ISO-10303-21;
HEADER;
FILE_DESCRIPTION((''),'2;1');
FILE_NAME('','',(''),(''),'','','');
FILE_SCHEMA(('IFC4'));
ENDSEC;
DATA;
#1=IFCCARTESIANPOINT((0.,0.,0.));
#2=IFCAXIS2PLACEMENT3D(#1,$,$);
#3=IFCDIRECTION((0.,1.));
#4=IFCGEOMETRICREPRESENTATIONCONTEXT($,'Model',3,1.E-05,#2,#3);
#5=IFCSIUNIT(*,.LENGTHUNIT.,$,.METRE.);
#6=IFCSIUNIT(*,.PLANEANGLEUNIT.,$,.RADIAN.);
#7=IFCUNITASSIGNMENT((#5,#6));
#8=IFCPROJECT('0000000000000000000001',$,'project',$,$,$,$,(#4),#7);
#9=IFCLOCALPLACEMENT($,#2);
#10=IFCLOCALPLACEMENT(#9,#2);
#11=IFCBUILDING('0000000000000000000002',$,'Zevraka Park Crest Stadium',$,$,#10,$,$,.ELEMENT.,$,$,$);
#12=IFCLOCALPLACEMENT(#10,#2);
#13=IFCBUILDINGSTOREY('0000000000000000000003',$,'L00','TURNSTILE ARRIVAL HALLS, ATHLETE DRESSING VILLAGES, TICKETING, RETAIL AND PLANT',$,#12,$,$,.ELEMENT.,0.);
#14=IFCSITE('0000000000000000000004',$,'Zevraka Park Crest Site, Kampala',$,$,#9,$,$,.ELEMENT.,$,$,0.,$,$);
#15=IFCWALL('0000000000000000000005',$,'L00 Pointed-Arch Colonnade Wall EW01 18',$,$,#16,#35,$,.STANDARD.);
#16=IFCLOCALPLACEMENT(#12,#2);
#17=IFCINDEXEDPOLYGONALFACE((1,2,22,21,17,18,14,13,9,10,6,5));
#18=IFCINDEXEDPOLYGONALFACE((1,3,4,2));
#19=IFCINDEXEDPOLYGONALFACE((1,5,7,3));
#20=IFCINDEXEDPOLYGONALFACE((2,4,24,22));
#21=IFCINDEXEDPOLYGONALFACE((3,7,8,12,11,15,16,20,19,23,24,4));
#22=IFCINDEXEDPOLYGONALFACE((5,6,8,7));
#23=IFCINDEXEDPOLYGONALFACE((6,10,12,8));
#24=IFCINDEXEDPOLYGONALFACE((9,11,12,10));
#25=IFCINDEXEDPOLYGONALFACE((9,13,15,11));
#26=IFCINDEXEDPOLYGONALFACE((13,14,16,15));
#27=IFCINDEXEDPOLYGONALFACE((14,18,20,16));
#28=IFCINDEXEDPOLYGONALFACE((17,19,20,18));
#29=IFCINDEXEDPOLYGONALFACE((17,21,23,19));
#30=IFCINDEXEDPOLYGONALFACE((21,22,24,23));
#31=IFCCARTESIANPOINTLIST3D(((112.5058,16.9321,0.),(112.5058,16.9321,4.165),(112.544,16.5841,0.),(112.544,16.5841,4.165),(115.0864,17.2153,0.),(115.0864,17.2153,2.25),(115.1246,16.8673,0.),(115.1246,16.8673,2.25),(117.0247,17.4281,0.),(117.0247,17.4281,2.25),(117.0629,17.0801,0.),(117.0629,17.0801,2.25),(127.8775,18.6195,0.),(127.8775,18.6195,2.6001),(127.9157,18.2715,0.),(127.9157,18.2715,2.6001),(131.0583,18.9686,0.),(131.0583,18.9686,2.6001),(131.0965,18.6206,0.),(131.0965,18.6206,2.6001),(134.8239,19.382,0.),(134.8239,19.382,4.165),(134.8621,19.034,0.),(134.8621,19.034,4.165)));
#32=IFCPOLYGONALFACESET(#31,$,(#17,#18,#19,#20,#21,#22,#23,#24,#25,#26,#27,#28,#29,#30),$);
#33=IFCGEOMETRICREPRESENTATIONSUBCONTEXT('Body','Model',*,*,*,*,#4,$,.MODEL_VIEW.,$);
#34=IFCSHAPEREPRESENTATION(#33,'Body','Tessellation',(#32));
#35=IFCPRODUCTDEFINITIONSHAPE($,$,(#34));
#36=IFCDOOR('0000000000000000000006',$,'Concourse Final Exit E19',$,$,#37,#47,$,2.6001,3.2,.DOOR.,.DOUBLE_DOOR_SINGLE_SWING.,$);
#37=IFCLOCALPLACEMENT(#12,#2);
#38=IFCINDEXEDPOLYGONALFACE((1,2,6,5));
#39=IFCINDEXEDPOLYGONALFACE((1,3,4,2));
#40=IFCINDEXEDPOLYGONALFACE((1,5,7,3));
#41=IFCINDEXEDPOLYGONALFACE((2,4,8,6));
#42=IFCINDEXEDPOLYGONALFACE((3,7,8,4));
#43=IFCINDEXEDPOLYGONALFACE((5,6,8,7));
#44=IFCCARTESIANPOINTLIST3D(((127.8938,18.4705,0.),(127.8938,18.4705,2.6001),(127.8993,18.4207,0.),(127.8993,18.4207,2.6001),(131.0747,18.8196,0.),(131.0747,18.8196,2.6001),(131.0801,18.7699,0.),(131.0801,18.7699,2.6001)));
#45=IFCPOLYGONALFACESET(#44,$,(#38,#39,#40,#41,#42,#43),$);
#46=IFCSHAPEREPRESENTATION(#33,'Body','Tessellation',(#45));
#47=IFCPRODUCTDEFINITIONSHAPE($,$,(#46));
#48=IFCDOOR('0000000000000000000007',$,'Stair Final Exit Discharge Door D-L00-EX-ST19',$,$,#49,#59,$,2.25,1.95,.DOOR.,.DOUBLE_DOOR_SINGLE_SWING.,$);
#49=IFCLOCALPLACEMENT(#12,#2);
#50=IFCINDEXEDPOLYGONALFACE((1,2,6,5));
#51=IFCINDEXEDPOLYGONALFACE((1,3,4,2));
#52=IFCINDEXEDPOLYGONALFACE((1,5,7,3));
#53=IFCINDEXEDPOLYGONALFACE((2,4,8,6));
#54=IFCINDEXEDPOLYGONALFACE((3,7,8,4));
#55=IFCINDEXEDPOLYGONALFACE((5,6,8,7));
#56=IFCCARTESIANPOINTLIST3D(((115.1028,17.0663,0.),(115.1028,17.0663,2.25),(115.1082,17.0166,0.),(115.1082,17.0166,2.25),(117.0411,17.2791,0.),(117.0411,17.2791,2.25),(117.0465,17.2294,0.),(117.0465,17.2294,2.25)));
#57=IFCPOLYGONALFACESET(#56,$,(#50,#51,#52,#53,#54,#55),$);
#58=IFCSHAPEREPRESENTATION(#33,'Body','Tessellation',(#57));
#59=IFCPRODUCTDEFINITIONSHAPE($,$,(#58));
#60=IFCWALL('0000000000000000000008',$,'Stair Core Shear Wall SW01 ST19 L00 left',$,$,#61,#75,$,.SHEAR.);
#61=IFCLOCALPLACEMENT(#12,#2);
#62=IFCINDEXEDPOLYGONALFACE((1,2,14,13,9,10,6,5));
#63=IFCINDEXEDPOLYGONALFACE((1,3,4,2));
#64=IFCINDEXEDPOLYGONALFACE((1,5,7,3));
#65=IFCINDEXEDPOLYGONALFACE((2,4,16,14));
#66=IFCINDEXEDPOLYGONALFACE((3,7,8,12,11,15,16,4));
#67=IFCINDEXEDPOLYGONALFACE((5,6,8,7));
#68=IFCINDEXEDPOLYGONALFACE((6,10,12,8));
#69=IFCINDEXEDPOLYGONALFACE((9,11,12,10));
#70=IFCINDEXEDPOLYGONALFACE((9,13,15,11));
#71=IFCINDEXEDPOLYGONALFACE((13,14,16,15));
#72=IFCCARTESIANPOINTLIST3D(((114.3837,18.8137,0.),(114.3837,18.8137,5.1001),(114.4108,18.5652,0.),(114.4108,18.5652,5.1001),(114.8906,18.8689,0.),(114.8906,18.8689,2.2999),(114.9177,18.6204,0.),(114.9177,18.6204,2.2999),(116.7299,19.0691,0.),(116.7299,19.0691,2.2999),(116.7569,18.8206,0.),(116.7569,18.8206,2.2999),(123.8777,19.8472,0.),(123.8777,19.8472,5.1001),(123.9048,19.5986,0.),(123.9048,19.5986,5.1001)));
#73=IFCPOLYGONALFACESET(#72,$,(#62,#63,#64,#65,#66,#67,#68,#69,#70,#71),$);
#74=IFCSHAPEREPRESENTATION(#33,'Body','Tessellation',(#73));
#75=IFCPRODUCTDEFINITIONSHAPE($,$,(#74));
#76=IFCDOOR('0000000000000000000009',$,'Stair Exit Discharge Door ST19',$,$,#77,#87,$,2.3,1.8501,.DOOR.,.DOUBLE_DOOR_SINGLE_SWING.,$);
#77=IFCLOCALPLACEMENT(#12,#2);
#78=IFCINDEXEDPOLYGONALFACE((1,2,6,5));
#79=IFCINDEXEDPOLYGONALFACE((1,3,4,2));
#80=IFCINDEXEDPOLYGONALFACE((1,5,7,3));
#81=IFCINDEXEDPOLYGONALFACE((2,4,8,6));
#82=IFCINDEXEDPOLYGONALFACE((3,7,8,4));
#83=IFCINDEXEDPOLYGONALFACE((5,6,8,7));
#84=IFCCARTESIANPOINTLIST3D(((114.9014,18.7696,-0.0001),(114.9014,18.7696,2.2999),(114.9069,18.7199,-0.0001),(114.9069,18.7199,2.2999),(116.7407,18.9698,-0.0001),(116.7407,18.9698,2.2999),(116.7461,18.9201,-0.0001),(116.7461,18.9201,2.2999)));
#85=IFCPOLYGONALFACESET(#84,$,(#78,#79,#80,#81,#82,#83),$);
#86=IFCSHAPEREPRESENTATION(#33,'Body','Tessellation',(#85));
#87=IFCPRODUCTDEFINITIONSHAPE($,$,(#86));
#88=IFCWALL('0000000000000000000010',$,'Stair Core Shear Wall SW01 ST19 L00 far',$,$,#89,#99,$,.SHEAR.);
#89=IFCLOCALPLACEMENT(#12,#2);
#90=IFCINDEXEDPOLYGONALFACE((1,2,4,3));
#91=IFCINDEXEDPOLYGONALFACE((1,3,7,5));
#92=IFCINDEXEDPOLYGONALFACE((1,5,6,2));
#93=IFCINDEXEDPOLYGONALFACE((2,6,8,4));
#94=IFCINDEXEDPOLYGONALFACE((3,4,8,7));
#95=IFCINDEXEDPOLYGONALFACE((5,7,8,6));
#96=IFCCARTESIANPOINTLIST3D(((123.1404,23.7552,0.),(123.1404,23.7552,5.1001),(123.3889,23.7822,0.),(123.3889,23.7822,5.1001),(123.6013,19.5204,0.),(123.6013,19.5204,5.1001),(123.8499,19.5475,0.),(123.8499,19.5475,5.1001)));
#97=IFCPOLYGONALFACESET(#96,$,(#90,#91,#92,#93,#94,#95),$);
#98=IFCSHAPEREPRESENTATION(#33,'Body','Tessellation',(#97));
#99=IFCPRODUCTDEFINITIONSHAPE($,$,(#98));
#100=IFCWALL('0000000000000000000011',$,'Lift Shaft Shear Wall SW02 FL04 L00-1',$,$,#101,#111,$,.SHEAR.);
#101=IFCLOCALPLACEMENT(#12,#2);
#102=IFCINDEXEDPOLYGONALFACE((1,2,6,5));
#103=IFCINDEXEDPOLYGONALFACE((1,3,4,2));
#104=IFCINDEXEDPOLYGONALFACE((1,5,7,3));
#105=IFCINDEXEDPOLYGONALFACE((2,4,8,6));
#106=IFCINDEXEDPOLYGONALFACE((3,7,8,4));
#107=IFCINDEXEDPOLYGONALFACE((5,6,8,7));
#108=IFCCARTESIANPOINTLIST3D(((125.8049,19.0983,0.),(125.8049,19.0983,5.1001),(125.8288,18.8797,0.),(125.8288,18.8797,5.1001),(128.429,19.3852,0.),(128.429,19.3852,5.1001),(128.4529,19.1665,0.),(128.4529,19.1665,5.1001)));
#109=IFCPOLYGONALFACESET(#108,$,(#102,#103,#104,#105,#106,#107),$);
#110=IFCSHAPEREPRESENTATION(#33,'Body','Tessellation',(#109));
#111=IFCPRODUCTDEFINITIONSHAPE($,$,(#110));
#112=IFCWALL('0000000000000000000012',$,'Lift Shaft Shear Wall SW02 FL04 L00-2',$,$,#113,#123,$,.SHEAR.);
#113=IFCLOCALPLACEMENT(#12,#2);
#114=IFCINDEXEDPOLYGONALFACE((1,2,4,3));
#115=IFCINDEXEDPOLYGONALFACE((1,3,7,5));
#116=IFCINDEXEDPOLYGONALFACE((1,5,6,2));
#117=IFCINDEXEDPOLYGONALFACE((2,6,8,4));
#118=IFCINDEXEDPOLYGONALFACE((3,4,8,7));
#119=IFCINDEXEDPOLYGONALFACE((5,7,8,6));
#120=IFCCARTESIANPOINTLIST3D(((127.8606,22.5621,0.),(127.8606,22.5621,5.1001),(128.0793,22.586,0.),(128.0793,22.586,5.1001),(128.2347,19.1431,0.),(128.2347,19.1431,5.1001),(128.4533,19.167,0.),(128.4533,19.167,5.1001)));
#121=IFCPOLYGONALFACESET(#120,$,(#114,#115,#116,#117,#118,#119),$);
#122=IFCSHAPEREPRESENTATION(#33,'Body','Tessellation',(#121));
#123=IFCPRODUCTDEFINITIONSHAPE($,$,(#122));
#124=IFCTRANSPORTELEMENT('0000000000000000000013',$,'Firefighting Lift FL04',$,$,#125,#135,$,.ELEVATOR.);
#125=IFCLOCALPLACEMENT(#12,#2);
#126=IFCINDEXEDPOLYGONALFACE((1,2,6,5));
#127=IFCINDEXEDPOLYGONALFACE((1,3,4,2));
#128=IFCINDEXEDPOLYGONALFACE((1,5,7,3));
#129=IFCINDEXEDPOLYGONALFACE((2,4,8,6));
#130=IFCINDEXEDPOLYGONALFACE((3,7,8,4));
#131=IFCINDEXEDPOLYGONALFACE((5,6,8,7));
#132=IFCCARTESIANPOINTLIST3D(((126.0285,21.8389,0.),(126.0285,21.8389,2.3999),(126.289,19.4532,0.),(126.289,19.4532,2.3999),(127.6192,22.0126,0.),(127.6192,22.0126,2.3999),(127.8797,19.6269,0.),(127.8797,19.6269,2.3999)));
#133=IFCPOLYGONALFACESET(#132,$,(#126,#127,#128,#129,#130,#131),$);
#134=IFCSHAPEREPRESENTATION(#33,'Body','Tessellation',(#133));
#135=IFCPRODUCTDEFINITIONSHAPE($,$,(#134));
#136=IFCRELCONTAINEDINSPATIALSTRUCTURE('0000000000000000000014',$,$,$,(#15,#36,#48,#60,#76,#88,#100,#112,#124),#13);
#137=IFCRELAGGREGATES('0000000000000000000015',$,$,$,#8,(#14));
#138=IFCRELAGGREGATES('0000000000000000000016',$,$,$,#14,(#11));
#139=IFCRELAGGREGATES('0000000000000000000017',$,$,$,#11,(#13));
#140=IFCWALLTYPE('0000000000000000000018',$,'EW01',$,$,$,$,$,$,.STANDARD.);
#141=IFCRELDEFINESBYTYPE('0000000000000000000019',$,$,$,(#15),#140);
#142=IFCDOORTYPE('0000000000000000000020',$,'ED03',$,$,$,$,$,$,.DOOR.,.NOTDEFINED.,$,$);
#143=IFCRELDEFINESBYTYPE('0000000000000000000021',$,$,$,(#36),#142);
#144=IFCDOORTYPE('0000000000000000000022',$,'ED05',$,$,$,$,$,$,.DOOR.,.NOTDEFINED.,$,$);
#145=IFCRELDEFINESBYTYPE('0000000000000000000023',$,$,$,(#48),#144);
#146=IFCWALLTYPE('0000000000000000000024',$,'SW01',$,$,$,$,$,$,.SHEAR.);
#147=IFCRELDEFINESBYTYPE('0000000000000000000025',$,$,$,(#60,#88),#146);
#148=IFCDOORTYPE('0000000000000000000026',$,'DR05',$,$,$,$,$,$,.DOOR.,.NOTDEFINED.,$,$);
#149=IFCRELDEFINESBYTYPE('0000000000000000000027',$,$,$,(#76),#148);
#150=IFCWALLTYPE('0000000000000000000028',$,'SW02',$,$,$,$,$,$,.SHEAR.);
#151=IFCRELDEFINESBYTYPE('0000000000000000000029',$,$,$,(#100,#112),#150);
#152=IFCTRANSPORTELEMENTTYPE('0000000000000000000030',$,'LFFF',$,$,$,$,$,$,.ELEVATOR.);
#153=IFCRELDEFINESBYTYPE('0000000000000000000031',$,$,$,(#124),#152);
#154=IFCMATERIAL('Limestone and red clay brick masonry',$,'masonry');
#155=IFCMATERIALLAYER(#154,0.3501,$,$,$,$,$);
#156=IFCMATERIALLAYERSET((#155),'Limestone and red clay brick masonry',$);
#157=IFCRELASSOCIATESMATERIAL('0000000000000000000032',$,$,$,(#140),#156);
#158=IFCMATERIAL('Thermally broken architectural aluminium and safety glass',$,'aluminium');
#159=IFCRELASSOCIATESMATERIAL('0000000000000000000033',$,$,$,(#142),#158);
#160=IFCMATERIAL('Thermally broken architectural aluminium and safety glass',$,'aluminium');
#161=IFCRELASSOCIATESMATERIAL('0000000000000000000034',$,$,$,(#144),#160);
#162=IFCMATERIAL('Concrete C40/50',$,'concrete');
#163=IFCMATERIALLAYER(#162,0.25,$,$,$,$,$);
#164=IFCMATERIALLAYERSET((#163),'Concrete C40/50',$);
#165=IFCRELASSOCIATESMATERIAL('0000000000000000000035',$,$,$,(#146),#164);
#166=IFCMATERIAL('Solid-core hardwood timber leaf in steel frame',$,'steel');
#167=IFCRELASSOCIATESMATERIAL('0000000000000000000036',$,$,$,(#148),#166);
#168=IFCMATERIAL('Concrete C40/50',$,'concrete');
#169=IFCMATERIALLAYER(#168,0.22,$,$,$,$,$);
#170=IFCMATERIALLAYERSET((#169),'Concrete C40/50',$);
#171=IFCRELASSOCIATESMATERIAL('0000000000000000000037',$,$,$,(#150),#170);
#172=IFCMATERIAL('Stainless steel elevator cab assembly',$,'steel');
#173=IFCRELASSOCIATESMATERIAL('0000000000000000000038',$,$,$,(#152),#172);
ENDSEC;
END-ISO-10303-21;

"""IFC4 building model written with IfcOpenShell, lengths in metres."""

from ifc_helpers import new_model, si_unit, direction, frame, frame_2d, origin, origin_2d, place, context, subcontext, project, spatial, rectangle, extrude, material, layer, layer_set, type_object, element, fill, save


model = new_model("IFC4")

# Units and contexts
model_context = context("Model", 3, precision=1e-05, world=origin(), true_north=direction((0.0, 1.0)))
body_context = subcontext(model_context, "Body", "Model", "MODEL_VIEW")
ifc_project = project(units=[si_unit("LENGTHUNIT", "METRE"), si_unit("PLANEANGLEUNIT", "RADIAN")], contexts=[model_context])

# Site, building, storey
site_placement = place(None, origin())
site = spatial("IfcSite", under=ifc_project, at=site_placement, Name="Zevraka Park Crest Site, Kampala", CompositionType="ELEMENT", RefElevation=0.0)
building_placement = place(site_placement, origin())
building = spatial("IfcBuilding", under=site, at=building_placement, Name="Zevraka Park Crest Stadium", CompositionType="ELEMENT")
storey_placement = place(building_placement, origin())
storey = spatial("IfcBuildingStorey", under=building, at=storey_placement, Name="L00", Description="TURNSTILE ARRIVAL HALLS, ATHLETE DRESSING VILLAGES, TICKETING, RETAIL AND PLANT", CompositionType="ELEMENT", Elevation=0.0)

# Wall, openings, doors
ifc_material_1 = material(Name="Limestone and red clay brick masonry", Category="masonry")
ifc_layer_1 = layer(ifc_material_1, 0.3501)
ifc_layer_set_1 = layer_set([ifc_layer_1], Name="Limestone and red clay brick masonry")
wall_type_1 = type_object("IfcWallType", Name="EW01", PredefinedType="STANDARD", material=ifc_layer_set_1)
wall_1_placement = place(storey_placement, frame((134.843, 19.208, 0.0), z_axis=(0.0, 0.0, 1.0), x_axis=(-0.994029, -0.109119, 0.0)))
wall_1 = element("IfcWall", 1, at=wall_1_placement, inside=storey, type_object=wall_type_1, Name="L00 Pointed-Arch Colonnade Wall EW01 18", PredefinedType="STANDARD", context=body_context, shape_type="SweptSolid", body=[
    extrude(rectangle(XDim=22.4521, YDim=0.3501, at=frame_2d((11.2261, 0.0))), origin(), (0.0, 0.0, 1.0), 4.165),
])
opening_1_placement = place(wall_1_placement, frame((17.906, 0.0, 0.0)))
opening_1 = element("IfcOpeningElement", 2, at=opening_1_placement, cuts=wall_1, PredefinedType="OPENING", context=body_context, shape_type="SweptSolid", body=[
    extrude(rectangle(XDim=1.95, YDim=2.25, at=frame_2d((0.9751, 1.125))), frame((0.0, 0.1851, 0.0), z_axis=(0.0, -1.0, 0.0), x_axis=(1.0, 0.0, 0.0)), (0.0, 0.0, 1.0), 0.3701),
])
opening_2_placement = place(wall_1_placement, frame((3.7881, 0.0, 0.0)))
opening_2 = element("IfcOpeningElement", 3, at=opening_2_placement, cuts=wall_1, PredefinedType="OPENING", context=body_context, shape_type="SweptSolid", body=[
    extrude(rectangle(XDim=3.2, YDim=2.6001, at=frame_2d((1.6001, 1.3))), frame((0.0, 0.1851, 0.0), z_axis=(0.0, -1.0, 0.0), x_axis=(1.0, 0.0, 0.0)), (0.0, 0.0, 1.0), 0.3701),
])
ifc_material_2 = material(Name="Thermally broken architectural aluminium and safety glass", Category="aluminium")
door_type_1 = type_object("IfcDoorType", Name="ED03", OperationType="NOTDEFINED", PredefinedType="DOOR", material=ifc_material_2)
door_1_placement = place(opening_2_placement, origin())
door_1 = element("IfcDoor", 4, at=door_1_placement, inside=storey, type_object=door_type_1, Name="Concourse Final Exit E19", OperationType="DOUBLE_DOOR_SINGLE_SWING", OverallHeight=2.6001, OverallWidth=3.2, PredefinedType="DOOR", context=body_context, shape_type="SweptSolid", body=[
    extrude(rectangle(XDim=3.2, YDim=2.6001, at=frame_2d((1.6001, 1.3))), frame((0.0, 0.0249, 0.0), z_axis=(0.0, -1.0, 0.0), x_axis=(1.0, 0.0, 0.0)), (0.0, 0.0, 1.0), 0.05),
])
fill(opening_2, door_1)
ifc_material_3 = material(Name="Thermally broken architectural aluminium and safety glass", Category="aluminium")
door_type_2 = type_object("IfcDoorType", Name="ED05", OperationType="NOTDEFINED", PredefinedType="DOOR", material=ifc_material_3)
door_2_placement = place(opening_1_placement, origin())
door_2 = element("IfcDoor", 5, at=door_2_placement, inside=storey, type_object=door_type_2, Name="Stair Final Exit Discharge Door D-L00-EX-ST19", OperationType="DOUBLE_DOOR_SINGLE_SWING", OverallHeight=2.25, OverallWidth=1.95, PredefinedType="DOOR", context=body_context, shape_type="SweptSolid", body=[
    extrude(rectangle(XDim=1.95, YDim=2.25, at=frame_2d((0.9751, 1.125))), frame((0.0, 0.0249, 0.0), z_axis=(0.0, -1.0, 0.0), x_axis=(1.0, 0.0, 0.0)), (0.0, 0.0, 1.0), 0.05),
])
fill(opening_1, door_2)

# Wall, opening, door
ifc_material_4 = material(Name="Concrete C40/50", Category="concrete")
ifc_layer_2 = layer(ifc_material_4, 0.25)
ifc_layer_set_2 = layer_set([ifc_layer_2], Name="Concrete C40/50")
wall_type_2 = type_object("IfcWallType", Name="SW01", PredefinedType="SHEAR", material=ifc_layer_set_2)
wall_2_placement = place(storey_placement, frame((123.8911, 19.7229, 0.0), z_axis=(0.0, 0.0, 1.0), x_axis=(-0.994128, -0.108215, 0.0)))
wall_2 = element("IfcWall", 6, at=wall_2_placement, inside=storey, type_object=wall_type_2, Name="Stair Core Shear Wall SW01 ST19 L00 left", PredefinedType="SHEAR", context=body_context, shape_type="SweptSolid", body=[
    extrude(rectangle(XDim=9.55, YDim=0.25, at=frame_2d((4.7749, 0.0))), origin(), (0.0, 0.0, 1.0), 5.1001),
])
opening_3_placement = place(wall_2_placement, frame((7.1899, 0.0, 0.0)))
opening_3 = element("IfcOpeningElement", 7, at=opening_3_placement, cuts=wall_2, PredefinedType="OPENING", context=body_context, shape_type="SweptSolid", body=[
    extrude(rectangle(XDim=1.8501, YDim=2.3, at=frame_2d((0.925, 1.1499))), frame((0.0, 0.135, 0.0), z_axis=(0.0, -1.0, 0.0), x_axis=(1.0, 0.0, 0.0)), (0.0, 0.0, 1.0), 0.27),
])
ifc_material_5 = material(Name="Solid-core hardwood timber leaf in steel frame", Category="steel")
door_type_3 = type_object("IfcDoorType", Name="DR05", OperationType="NOTDEFINED", PredefinedType="DOOR", material=ifc_material_5)
door_3_placement = place(opening_3_placement, origin())
door_3 = element("IfcDoor", 8, at=door_3_placement, inside=storey, type_object=door_type_3, Name="Stair Exit Discharge Door ST19", OperationType="DOUBLE_DOOR_SINGLE_SWING", OverallHeight=2.3, OverallWidth=1.8501, PredefinedType="DOOR", context=body_context, shape_type="SweptSolid", body=[
    extrude(rectangle(XDim=1.8501, YDim=2.3, at=frame_2d((0.925, 1.1499))), frame((0.0, 0.0249, 0.0), z_axis=(0.0, -1.0, 0.0), x_axis=(1.0, 0.0, 0.0)), (0.0, 0.0, 1.0), 0.05),
])
fill(opening_3, door_3)

# Walls
wall_3_placement = place(storey_placement, frame((123.7256, 19.5339, 0.0), z_axis=(0.0, 0.0, 1.0), x_axis=(-0.108204, 0.994129, 0.0)))
element("IfcWall", 9, at=wall_3_placement, inside=storey, type_object=wall_type_2, Name="Stair Core Shear Wall SW01 ST19 L00 far", PredefinedType="SHEAR", context=body_context, shape_type="SweptSolid", body=[
    extrude(rectangle(XDim=4.2598, YDim=0.25, at=frame_2d((2.1299, 0.0))), origin(), (0.0, 0.0, 1.0), 5.1001),
])
ifc_material_6 = material(Name="Concrete C40/50", Category="concrete")
ifc_layer_3 = layer(ifc_material_6, 0.22)
ifc_layer_set_3 = layer_set([ifc_layer_3], Name="Concrete C40/50")
wall_type_3 = type_object("IfcWallType", Name="SW02", PredefinedType="SHEAR", material=ifc_layer_set_3)
wall_4_placement = place(storey_placement, frame((125.8169, 18.989, 0.0), z_axis=(0.0, 0.0, 1.0), x_axis=(0.994077, 0.108675, 0.0)))
element("IfcWall", 10, at=wall_4_placement, inside=storey, type_object=wall_type_3, Name="Lift Shaft Shear Wall SW02 FL04 L00-1", PredefinedType="SHEAR", context=body_context, shape_type="SweptSolid", body=[
    extrude(rectangle(XDim=2.6396, YDim=0.22, at=frame_2d((1.3198, 0.0))), origin(), (0.0, 0.0, 1.0), 5.1001),
])
wall_5_placement = place(storey_placement, frame((128.344, 19.155, 0.0), z_axis=(0.0, 0.0, 1.0), x_axis=(-0.108749, 0.994069, 0.0)))
element("IfcWall", 11, at=wall_5_placement, inside=storey, type_object=wall_type_3, Name="Lift Shaft Shear Wall SW02 FL04 L00-2", PredefinedType="SHEAR", context=body_context, shape_type="SweptSolid", body=[
    extrude(rectangle(XDim=3.4395, YDim=0.22, at=frame_2d((1.7197, 0.0))), origin(), (0.0, 0.0, 1.0), 5.1001),
])

# Transport element
ifc_material_7 = material(Name="Stainless steel elevator cab assembly", Category="steel")
transport_element_type = type_object("IfcTransportElementType", Name="LFFF", PredefinedType="ELEVATOR", material=ifc_material_7)
transport_element_placement = place(storey_placement, frame((126.9541, 20.7329, 0.0), z_axis=(0.0, 0.0, 1.0), x_axis=(0.994091, 0.108548, 0.0)))
element("IfcTransportElement", 12, at=transport_element_placement, inside=storey, type_object=transport_element_type, Name="Firefighting Lift FL04", PredefinedType="ELEVATOR", context=body_context, shape_type="SweptSolid", body=[
    extrude(rectangle(XDim=1.6001, YDim=2.3999, at=origin_2d()), origin(), (0.0, 0.0, 1.0), 2.3999),
])

save(model, "model.ifc")
